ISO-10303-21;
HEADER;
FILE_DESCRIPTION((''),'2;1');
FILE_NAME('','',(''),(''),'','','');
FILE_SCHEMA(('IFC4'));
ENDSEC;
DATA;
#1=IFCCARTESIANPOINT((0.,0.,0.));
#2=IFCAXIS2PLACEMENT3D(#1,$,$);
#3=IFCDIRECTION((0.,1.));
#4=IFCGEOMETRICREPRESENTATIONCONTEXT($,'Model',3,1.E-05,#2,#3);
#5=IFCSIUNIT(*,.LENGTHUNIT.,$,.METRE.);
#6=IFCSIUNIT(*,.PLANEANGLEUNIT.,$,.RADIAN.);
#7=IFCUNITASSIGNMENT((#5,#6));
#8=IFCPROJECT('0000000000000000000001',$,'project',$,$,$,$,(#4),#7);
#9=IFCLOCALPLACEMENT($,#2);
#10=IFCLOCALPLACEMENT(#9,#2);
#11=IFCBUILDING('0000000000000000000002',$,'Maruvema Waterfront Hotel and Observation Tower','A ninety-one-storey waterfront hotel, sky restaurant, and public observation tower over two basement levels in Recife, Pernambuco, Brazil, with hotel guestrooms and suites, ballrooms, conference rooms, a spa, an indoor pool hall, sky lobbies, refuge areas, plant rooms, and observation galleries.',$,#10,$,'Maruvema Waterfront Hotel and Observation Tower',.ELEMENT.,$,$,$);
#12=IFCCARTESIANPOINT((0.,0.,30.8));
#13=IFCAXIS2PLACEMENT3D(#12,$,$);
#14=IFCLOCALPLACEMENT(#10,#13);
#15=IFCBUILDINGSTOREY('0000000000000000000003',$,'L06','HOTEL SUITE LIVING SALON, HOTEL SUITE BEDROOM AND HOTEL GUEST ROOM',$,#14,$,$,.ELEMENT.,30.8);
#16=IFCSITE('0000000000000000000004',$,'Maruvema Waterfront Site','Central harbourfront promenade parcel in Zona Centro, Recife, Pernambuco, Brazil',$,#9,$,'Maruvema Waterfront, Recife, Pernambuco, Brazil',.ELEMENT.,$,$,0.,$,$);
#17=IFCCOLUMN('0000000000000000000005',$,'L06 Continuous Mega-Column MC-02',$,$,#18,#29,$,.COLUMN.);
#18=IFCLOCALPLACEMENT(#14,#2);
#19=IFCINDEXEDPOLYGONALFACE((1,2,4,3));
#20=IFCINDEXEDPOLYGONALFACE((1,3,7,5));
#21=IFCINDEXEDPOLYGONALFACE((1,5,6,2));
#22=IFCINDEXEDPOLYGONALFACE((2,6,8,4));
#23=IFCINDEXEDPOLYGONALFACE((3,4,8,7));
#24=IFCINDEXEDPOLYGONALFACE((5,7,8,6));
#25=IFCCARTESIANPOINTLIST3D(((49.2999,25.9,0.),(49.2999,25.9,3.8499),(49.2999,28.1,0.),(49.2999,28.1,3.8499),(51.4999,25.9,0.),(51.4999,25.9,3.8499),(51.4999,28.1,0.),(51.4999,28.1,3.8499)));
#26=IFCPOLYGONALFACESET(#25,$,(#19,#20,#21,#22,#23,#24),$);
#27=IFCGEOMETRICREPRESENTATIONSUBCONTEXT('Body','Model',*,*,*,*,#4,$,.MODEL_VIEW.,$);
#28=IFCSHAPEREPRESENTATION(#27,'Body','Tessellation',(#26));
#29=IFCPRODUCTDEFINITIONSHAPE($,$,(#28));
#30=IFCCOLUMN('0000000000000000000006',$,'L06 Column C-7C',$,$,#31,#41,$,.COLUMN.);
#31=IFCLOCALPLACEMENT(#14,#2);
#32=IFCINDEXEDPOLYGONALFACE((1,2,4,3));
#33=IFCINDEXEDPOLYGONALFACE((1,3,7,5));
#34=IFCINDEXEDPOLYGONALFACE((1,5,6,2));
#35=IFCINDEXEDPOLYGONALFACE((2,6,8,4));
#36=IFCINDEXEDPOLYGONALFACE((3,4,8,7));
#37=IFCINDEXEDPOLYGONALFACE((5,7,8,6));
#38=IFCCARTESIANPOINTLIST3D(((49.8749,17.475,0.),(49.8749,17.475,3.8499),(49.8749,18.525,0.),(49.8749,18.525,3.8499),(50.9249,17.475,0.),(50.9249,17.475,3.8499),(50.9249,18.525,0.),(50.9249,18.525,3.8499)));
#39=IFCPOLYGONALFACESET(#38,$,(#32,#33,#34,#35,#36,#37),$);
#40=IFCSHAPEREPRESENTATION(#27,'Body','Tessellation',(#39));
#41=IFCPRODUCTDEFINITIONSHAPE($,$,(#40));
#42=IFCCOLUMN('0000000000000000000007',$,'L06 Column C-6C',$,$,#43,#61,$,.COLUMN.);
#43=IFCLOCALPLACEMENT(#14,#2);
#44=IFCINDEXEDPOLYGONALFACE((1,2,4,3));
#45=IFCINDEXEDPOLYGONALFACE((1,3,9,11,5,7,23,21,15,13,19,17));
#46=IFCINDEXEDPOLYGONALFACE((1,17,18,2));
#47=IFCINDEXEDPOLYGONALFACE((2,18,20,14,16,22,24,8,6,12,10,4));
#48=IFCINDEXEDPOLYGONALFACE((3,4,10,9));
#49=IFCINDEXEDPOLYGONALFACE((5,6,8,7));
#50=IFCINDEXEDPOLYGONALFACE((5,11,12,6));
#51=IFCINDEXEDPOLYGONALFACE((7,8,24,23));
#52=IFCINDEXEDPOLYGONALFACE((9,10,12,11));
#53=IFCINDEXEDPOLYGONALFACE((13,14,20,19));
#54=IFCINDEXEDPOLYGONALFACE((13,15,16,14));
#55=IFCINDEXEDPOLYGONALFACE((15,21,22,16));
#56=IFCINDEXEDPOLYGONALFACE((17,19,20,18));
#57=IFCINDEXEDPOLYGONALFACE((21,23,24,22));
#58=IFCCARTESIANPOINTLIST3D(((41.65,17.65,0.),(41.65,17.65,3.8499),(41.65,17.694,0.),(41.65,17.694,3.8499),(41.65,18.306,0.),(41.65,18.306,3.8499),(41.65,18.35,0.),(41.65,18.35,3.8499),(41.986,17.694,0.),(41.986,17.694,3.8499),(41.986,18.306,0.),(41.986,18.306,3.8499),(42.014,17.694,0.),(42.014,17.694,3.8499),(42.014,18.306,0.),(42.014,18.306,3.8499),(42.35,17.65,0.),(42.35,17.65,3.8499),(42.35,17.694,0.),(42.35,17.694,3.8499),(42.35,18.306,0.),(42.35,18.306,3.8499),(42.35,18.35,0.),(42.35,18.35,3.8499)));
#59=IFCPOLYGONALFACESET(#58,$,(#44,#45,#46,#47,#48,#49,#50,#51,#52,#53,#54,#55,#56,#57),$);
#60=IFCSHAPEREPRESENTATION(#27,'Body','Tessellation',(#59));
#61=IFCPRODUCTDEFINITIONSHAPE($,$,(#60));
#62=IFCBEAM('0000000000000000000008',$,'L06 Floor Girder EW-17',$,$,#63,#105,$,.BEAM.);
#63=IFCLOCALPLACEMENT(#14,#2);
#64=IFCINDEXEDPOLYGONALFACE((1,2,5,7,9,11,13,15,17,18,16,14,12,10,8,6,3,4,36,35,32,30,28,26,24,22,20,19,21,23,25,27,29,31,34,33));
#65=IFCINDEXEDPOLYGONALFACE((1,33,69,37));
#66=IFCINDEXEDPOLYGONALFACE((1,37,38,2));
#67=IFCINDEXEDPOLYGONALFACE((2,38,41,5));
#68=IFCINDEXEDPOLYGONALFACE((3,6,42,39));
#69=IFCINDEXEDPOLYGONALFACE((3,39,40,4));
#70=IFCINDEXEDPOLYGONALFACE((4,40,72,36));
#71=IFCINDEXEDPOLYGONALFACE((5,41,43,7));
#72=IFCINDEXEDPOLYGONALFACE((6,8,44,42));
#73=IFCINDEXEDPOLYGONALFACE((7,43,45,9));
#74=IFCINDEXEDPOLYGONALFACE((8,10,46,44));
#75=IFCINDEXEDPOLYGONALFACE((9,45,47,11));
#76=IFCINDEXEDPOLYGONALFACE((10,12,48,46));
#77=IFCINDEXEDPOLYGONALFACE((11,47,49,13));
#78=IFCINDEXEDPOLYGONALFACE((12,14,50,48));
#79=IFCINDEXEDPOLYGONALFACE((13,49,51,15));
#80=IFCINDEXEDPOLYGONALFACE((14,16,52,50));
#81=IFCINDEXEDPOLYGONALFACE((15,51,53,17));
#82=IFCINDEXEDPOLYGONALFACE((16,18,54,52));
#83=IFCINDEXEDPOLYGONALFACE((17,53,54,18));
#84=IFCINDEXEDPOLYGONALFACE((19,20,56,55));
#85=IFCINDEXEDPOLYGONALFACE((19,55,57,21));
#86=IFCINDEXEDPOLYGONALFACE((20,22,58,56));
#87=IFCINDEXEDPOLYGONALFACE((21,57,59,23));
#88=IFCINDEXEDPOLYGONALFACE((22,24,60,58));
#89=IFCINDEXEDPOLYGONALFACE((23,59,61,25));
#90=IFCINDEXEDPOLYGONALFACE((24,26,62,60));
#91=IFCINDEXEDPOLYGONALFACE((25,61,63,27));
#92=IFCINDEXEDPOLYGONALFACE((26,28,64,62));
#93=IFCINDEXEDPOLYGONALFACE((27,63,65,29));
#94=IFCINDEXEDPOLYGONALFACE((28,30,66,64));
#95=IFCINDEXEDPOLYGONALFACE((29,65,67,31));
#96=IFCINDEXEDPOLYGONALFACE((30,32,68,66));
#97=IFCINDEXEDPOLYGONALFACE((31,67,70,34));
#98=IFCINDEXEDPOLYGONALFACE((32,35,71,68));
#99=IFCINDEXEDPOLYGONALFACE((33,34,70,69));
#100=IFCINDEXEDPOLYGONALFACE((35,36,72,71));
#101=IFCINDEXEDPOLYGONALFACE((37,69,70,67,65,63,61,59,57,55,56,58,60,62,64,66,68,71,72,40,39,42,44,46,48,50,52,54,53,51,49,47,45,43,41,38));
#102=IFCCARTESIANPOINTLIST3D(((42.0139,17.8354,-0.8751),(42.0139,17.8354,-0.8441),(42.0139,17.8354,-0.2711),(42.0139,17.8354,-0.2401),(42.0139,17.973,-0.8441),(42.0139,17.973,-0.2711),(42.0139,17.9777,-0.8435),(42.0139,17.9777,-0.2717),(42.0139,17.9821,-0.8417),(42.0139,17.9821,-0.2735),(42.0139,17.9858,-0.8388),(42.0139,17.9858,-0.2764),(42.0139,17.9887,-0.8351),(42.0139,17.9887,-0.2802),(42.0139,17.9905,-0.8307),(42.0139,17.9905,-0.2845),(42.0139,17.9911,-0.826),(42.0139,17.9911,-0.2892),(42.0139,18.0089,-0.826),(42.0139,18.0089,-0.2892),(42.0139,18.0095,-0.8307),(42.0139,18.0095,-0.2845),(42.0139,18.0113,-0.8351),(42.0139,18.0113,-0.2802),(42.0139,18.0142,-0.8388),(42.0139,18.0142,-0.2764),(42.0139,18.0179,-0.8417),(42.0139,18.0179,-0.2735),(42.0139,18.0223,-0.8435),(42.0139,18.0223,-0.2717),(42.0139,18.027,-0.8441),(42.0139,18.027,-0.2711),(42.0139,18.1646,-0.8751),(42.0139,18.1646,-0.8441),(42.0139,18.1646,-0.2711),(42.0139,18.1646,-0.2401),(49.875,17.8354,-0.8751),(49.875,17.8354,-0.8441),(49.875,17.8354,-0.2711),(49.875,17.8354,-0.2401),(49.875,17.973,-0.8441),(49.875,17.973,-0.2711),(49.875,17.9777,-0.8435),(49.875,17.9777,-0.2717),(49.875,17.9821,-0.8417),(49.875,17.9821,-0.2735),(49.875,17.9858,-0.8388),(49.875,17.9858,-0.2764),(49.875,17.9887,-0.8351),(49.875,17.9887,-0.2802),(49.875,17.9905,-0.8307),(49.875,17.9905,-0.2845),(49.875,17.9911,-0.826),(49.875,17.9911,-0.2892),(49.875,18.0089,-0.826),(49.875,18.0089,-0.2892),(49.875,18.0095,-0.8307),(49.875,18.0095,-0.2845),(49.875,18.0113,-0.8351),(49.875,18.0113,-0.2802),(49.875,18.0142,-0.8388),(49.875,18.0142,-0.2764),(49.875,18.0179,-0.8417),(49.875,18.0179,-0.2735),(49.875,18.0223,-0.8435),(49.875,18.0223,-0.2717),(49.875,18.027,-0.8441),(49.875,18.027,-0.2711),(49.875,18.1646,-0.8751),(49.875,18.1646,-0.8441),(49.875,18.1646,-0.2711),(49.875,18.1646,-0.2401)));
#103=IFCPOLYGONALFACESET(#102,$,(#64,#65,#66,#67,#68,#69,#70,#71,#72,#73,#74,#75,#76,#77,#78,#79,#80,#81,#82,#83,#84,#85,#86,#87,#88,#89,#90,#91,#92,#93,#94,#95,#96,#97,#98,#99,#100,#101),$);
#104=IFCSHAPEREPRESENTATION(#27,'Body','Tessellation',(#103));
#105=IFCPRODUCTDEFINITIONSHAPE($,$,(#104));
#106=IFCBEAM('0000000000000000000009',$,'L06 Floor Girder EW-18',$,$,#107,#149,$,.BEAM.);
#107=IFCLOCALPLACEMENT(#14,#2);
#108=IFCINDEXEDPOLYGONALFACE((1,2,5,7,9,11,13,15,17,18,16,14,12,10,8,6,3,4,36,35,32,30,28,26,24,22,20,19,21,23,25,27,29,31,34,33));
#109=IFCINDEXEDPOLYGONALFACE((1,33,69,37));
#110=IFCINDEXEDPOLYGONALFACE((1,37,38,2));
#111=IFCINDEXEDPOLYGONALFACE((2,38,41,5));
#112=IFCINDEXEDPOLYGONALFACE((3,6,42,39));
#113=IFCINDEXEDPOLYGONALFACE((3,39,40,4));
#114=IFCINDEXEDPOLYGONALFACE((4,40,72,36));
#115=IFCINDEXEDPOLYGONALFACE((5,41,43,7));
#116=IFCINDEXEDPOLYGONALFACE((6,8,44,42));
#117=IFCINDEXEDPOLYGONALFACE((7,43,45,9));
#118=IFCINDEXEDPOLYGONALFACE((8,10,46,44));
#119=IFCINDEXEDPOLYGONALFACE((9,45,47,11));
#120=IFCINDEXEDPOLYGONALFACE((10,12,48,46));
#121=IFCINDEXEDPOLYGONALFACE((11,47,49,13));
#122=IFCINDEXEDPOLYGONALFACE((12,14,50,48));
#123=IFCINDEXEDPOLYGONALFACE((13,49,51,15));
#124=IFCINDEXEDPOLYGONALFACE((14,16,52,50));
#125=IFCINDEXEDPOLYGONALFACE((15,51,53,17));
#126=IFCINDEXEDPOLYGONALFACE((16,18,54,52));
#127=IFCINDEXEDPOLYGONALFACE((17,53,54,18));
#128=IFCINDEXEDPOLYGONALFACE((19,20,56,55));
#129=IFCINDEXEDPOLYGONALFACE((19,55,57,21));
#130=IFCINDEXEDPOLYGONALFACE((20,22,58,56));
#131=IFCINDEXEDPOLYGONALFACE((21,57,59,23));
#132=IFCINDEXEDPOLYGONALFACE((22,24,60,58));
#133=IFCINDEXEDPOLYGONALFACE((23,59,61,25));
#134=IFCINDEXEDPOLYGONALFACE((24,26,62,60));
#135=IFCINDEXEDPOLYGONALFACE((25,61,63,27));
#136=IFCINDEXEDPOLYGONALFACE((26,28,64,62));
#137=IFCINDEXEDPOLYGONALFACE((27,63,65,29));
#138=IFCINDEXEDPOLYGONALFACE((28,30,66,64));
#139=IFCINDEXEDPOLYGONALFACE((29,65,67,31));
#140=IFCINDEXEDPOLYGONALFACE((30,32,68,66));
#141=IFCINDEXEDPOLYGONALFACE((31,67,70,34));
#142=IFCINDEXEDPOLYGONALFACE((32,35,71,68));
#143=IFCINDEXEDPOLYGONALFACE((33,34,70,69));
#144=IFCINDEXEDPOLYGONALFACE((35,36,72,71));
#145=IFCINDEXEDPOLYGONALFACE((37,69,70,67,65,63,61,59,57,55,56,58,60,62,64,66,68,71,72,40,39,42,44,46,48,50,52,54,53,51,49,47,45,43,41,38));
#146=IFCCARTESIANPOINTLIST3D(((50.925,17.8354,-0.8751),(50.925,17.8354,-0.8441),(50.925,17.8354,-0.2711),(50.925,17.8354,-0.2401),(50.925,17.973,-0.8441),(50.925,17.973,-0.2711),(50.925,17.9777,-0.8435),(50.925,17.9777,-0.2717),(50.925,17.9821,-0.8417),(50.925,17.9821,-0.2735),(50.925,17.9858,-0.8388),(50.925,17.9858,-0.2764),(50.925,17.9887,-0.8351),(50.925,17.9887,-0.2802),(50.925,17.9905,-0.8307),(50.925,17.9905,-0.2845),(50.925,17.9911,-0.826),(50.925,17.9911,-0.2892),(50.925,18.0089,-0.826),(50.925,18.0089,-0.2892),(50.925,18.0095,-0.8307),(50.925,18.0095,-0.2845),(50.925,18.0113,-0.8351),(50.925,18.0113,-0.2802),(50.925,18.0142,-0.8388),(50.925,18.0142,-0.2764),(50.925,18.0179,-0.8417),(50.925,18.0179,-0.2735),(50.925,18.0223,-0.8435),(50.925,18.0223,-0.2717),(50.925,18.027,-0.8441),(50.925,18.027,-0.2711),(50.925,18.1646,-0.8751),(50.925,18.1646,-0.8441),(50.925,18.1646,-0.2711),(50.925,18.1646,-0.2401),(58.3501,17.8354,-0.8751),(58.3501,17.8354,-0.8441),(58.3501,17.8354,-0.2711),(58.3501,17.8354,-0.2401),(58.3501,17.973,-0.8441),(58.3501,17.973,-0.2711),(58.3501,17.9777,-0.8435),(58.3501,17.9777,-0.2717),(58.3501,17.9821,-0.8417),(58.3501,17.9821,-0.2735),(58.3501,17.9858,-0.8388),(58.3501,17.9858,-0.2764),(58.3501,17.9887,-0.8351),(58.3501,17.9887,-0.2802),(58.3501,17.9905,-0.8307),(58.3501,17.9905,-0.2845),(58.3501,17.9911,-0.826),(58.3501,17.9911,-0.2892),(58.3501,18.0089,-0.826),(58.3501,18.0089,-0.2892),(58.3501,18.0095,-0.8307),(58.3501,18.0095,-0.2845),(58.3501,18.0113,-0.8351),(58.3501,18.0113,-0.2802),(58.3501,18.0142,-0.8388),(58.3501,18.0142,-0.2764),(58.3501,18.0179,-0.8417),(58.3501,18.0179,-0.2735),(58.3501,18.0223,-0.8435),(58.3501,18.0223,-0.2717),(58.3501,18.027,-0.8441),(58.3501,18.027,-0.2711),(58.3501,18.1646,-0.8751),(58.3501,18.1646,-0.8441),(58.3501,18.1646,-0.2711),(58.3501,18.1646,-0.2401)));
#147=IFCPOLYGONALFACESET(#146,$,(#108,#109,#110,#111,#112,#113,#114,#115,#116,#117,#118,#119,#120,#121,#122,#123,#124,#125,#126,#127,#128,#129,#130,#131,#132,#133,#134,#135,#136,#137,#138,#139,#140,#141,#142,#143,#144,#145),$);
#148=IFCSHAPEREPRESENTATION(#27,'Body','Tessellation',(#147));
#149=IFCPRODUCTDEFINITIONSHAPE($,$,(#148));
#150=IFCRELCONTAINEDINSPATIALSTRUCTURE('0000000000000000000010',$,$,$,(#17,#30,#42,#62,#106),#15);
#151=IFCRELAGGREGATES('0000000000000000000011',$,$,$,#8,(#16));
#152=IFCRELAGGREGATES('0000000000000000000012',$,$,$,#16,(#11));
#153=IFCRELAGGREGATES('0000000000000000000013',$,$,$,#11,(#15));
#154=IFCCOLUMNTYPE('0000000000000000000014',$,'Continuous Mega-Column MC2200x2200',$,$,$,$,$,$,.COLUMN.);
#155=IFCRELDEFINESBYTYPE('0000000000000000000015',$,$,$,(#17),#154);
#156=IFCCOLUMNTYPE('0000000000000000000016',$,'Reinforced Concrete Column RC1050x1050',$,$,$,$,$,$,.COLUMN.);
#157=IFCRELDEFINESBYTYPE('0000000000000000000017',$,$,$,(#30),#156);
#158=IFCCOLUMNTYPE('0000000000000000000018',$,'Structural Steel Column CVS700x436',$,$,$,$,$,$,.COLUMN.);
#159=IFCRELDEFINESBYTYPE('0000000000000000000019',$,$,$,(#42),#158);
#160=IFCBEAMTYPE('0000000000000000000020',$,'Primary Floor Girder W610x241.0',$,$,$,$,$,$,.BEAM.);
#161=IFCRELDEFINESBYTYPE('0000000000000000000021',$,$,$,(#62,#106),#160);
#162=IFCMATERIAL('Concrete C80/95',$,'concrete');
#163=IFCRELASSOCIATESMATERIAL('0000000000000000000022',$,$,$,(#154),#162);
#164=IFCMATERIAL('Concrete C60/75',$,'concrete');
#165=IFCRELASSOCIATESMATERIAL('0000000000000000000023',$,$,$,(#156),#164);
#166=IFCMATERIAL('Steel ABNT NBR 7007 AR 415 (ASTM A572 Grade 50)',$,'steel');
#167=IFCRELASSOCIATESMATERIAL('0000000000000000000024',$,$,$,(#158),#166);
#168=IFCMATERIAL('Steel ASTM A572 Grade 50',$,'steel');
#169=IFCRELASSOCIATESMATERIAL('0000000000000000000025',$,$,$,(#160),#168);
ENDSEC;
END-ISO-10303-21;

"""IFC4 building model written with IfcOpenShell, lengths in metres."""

from ifc_helpers import new_model, si_unit, direction, frame, origin, origin_2d, place, context, subcontext, project, spatial, rectangle, i_section, extrude, material, material_profile, profile_set, type_object, element, save


model = new_model("IFC4")

# Units and contexts
model_context = context("Model", 3, precision=1e-05, world=origin(), true_north=direction((0.0, 1.0)))
body_context = subcontext(model_context, "Body", "Model", "MODEL_VIEW")
ifc_project = project(units=[si_unit("LENGTHUNIT", "METRE"), si_unit("PLANEANGLEUNIT", "RADIAN")], contexts=[model_context])

# Site, building, storey
site_placement = place(None, origin())
site = spatial("IfcSite", under=ifc_project, at=site_placement, Name="Maruvema Waterfront Site", Description="Central harbourfront promenade parcel in Zona Centro, Recife, Pernambuco, Brazil", LongName="Maruvema Waterfront, Recife, Pernambuco, Brazil", CompositionType="ELEMENT", RefElevation=0.0)
building_placement = place(site_placement, origin())
building = spatial("IfcBuilding", under=site, at=building_placement, Name="Maruvema Waterfront Hotel and Observation Tower", Description="A ninety-one-storey waterfront hotel, sky restaurant, and public observation tower over two basement levels in Recife, Pernambuco, Brazil, with hotel guestrooms and suites, ballrooms, conference rooms, a spa, an indoor pool hall, sky lobbies, refuge areas, plant rooms, and observation galleries.", LongName="Maruvema Waterfront Hotel and Observation Tower", CompositionType="ELEMENT")
storey_placement = place(building_placement, frame((0.0, 0.0, 30.8)))
storey = spatial("IfcBuildingStorey", under=building, at=storey_placement, Name="L06", Description="HOTEL SUITE LIVING SALON, HOTEL SUITE BEDROOM AND HOTEL GUEST ROOM", CompositionType="ELEMENT", Elevation=30.8)

# Columns
ifc_material_1 = material(Name="Concrete C80/95", Category="concrete")
ifc_material_profile_1 = material_profile(ifc_material_1, rectangle(XDim=2.2, YDim=2.2, at=origin_2d()), Name="MC2200x2200")
ifc_profile_set_1 = profile_set([ifc_material_profile_1], Name="Concrete C80/95")
column_type_1 = type_object("IfcColumnType", Name="Continuous Mega-Column MC2200x2200", PredefinedType="COLUMN", material=ifc_profile_set_1)
column_1_placement = place(storey_placement, frame((50.3999, 27.0, 0.0), z_axis=(0.0, 0.0, 1.0), x_axis=(1.0, 0.0, 0.0)))
element("IfcColumn", 1, at=column_1_placement, inside=storey, type_object=column_type_1, Name="L06 Continuous Mega-Column MC-02", PredefinedType="COLUMN", context=body_context, shape_type="SweptSolid", body=[
    extrude(rectangle(XDim=2.2, YDim=2.2, at=origin_2d()), origin(), (0.0, 0.0, 1.0), 3.8499),
])
ifc_material_2 = material(Name="Concrete C60/75", Category="concrete")
ifc_material_profile_2 = material_profile(ifc_material_2, rectangle(XDim=1.05, YDim=1.05, at=origin_2d()), Name="RC1050x1050")
ifc_profile_set_2 = profile_set([ifc_material_profile_2], Name="Concrete C60/75")
column_type_2 = type_object("IfcColumnType", Name="Reinforced Concrete Column RC1050x1050", PredefinedType="COLUMN", material=ifc_profile_set_2)
column_2_placement = place(storey_placement, frame((50.3999, 18.0, 0.0), z_axis=(0.0, 0.0, 1.0), x_axis=(1.0, 0.0, 0.0)))
element("IfcColumn", 2, at=column_2_placement, inside=storey, type_object=column_type_2, Name="L06 Column C-7C", PredefinedType="COLUMN", context=body_context, shape_type="SweptSolid", body=[
    extrude(rectangle(XDim=1.05, YDim=1.05, at=origin_2d()), origin(), (0.0, 0.0, 1.0), 3.8499),
])
ifc_material_3 = material(Name="Steel ABNT NBR 7007 AR 415 (ASTM A572 Grade 50)", Category="steel")
ifc_material_profile_3 = material_profile(ifc_material_3, i_section(OverallWidth=0.7, OverallDepth=0.7, WebThickness=0.0281, FlangeThickness=0.0439, at=origin_2d()), Name="CVS700x436")
ifc_profile_set_3 = profile_set([ifc_material_profile_3], Name="Steel ABNT NBR 7007 AR 415 (ASTM A572 Grade 50)")
column_type_3 = type_object("IfcColumnType", Name="Structural Steel Column CVS700x436", PredefinedType="COLUMN", material=ifc_profile_set_3)
column_3_placement = place(storey_placement, frame((42.0, 18.0, 0.0), z_axis=(0.0, 0.0, 1.0), x_axis=(1.0, 0.0, 0.0)))
element("IfcColumn", 3, at=column_3_placement, inside=storey, type_object=column_type_3, Name="L06 Column C-6C", PredefinedType="COLUMN", context=body_context, shape_type="SweptSolid", body=[
    extrude(i_section(OverallWidth=0.7, OverallDepth=0.7, WebThickness=0.0281, FlangeThickness=0.0439, at=origin_2d()), origin(), (0.0, 0.0, 1.0), 3.8499),
])

# Beams
ifc_material_4 = material(Name="Steel ASTM A572 Grade 50", Category="steel")
ifc_material_profile_4 = material_profile(ifc_material_4, i_section(OverallWidth=0.3291, OverallDepth=0.635, WebThickness=0.0178, FlangeThickness=0.031, FilletRadius=0.0181, at=origin_2d()), Name="W610x241.0")
ifc_profile_set_4 = profile_set([ifc_material_profile_4], Name="Steel ASTM A572 Grade 50")
beam_type = type_object("IfcBeamType", Name="Primary Floor Girder W610x241.0", PredefinedType="BEAM", material=ifc_profile_set_4)
beam_1_placement = place(storey_placement, frame((42.0139, 18.0, -0.5576), z_axis=(1.0, 0.0, 0.0), x_axis=(0.0, 1.0, 0.0)))
element("IfcBeam", 4, at=beam_1_placement, inside=storey, type_object=beam_type, Name="L06 Floor Girder EW-17", PredefinedType="BEAM", context=body_context, shape_type="SweptSolid", body=[
    extrude(i_section(OverallWidth=0.3291, OverallDepth=0.635, WebThickness=0.0178, FlangeThickness=0.031, FilletRadius=0.0181, at=origin_2d()), origin(), (0.0, 0.0, 1.0), 7.8611),
])
beam_2_placement = place(storey_placement, frame((50.925, 18.0, -0.5576), z_axis=(1.0, 0.0, 0.0), x_axis=(0.0, 1.0, 0.0)))
element("IfcBeam", 5, at=beam_2_placement, inside=storey, type_object=beam_type, Name="L06 Floor Girder EW-18", PredefinedType="BEAM", context=body_context, shape_type="SweptSolid", body=[
    extrude(i_section(OverallWidth=0.3291, OverallDepth=0.635, WebThickness=0.0178, FlangeThickness=0.031, FilletRadius=0.0181, at=origin_2d()), origin(), (0.0, 0.0, 1.0), 7.425),
])

save(model, "model.ifc")
